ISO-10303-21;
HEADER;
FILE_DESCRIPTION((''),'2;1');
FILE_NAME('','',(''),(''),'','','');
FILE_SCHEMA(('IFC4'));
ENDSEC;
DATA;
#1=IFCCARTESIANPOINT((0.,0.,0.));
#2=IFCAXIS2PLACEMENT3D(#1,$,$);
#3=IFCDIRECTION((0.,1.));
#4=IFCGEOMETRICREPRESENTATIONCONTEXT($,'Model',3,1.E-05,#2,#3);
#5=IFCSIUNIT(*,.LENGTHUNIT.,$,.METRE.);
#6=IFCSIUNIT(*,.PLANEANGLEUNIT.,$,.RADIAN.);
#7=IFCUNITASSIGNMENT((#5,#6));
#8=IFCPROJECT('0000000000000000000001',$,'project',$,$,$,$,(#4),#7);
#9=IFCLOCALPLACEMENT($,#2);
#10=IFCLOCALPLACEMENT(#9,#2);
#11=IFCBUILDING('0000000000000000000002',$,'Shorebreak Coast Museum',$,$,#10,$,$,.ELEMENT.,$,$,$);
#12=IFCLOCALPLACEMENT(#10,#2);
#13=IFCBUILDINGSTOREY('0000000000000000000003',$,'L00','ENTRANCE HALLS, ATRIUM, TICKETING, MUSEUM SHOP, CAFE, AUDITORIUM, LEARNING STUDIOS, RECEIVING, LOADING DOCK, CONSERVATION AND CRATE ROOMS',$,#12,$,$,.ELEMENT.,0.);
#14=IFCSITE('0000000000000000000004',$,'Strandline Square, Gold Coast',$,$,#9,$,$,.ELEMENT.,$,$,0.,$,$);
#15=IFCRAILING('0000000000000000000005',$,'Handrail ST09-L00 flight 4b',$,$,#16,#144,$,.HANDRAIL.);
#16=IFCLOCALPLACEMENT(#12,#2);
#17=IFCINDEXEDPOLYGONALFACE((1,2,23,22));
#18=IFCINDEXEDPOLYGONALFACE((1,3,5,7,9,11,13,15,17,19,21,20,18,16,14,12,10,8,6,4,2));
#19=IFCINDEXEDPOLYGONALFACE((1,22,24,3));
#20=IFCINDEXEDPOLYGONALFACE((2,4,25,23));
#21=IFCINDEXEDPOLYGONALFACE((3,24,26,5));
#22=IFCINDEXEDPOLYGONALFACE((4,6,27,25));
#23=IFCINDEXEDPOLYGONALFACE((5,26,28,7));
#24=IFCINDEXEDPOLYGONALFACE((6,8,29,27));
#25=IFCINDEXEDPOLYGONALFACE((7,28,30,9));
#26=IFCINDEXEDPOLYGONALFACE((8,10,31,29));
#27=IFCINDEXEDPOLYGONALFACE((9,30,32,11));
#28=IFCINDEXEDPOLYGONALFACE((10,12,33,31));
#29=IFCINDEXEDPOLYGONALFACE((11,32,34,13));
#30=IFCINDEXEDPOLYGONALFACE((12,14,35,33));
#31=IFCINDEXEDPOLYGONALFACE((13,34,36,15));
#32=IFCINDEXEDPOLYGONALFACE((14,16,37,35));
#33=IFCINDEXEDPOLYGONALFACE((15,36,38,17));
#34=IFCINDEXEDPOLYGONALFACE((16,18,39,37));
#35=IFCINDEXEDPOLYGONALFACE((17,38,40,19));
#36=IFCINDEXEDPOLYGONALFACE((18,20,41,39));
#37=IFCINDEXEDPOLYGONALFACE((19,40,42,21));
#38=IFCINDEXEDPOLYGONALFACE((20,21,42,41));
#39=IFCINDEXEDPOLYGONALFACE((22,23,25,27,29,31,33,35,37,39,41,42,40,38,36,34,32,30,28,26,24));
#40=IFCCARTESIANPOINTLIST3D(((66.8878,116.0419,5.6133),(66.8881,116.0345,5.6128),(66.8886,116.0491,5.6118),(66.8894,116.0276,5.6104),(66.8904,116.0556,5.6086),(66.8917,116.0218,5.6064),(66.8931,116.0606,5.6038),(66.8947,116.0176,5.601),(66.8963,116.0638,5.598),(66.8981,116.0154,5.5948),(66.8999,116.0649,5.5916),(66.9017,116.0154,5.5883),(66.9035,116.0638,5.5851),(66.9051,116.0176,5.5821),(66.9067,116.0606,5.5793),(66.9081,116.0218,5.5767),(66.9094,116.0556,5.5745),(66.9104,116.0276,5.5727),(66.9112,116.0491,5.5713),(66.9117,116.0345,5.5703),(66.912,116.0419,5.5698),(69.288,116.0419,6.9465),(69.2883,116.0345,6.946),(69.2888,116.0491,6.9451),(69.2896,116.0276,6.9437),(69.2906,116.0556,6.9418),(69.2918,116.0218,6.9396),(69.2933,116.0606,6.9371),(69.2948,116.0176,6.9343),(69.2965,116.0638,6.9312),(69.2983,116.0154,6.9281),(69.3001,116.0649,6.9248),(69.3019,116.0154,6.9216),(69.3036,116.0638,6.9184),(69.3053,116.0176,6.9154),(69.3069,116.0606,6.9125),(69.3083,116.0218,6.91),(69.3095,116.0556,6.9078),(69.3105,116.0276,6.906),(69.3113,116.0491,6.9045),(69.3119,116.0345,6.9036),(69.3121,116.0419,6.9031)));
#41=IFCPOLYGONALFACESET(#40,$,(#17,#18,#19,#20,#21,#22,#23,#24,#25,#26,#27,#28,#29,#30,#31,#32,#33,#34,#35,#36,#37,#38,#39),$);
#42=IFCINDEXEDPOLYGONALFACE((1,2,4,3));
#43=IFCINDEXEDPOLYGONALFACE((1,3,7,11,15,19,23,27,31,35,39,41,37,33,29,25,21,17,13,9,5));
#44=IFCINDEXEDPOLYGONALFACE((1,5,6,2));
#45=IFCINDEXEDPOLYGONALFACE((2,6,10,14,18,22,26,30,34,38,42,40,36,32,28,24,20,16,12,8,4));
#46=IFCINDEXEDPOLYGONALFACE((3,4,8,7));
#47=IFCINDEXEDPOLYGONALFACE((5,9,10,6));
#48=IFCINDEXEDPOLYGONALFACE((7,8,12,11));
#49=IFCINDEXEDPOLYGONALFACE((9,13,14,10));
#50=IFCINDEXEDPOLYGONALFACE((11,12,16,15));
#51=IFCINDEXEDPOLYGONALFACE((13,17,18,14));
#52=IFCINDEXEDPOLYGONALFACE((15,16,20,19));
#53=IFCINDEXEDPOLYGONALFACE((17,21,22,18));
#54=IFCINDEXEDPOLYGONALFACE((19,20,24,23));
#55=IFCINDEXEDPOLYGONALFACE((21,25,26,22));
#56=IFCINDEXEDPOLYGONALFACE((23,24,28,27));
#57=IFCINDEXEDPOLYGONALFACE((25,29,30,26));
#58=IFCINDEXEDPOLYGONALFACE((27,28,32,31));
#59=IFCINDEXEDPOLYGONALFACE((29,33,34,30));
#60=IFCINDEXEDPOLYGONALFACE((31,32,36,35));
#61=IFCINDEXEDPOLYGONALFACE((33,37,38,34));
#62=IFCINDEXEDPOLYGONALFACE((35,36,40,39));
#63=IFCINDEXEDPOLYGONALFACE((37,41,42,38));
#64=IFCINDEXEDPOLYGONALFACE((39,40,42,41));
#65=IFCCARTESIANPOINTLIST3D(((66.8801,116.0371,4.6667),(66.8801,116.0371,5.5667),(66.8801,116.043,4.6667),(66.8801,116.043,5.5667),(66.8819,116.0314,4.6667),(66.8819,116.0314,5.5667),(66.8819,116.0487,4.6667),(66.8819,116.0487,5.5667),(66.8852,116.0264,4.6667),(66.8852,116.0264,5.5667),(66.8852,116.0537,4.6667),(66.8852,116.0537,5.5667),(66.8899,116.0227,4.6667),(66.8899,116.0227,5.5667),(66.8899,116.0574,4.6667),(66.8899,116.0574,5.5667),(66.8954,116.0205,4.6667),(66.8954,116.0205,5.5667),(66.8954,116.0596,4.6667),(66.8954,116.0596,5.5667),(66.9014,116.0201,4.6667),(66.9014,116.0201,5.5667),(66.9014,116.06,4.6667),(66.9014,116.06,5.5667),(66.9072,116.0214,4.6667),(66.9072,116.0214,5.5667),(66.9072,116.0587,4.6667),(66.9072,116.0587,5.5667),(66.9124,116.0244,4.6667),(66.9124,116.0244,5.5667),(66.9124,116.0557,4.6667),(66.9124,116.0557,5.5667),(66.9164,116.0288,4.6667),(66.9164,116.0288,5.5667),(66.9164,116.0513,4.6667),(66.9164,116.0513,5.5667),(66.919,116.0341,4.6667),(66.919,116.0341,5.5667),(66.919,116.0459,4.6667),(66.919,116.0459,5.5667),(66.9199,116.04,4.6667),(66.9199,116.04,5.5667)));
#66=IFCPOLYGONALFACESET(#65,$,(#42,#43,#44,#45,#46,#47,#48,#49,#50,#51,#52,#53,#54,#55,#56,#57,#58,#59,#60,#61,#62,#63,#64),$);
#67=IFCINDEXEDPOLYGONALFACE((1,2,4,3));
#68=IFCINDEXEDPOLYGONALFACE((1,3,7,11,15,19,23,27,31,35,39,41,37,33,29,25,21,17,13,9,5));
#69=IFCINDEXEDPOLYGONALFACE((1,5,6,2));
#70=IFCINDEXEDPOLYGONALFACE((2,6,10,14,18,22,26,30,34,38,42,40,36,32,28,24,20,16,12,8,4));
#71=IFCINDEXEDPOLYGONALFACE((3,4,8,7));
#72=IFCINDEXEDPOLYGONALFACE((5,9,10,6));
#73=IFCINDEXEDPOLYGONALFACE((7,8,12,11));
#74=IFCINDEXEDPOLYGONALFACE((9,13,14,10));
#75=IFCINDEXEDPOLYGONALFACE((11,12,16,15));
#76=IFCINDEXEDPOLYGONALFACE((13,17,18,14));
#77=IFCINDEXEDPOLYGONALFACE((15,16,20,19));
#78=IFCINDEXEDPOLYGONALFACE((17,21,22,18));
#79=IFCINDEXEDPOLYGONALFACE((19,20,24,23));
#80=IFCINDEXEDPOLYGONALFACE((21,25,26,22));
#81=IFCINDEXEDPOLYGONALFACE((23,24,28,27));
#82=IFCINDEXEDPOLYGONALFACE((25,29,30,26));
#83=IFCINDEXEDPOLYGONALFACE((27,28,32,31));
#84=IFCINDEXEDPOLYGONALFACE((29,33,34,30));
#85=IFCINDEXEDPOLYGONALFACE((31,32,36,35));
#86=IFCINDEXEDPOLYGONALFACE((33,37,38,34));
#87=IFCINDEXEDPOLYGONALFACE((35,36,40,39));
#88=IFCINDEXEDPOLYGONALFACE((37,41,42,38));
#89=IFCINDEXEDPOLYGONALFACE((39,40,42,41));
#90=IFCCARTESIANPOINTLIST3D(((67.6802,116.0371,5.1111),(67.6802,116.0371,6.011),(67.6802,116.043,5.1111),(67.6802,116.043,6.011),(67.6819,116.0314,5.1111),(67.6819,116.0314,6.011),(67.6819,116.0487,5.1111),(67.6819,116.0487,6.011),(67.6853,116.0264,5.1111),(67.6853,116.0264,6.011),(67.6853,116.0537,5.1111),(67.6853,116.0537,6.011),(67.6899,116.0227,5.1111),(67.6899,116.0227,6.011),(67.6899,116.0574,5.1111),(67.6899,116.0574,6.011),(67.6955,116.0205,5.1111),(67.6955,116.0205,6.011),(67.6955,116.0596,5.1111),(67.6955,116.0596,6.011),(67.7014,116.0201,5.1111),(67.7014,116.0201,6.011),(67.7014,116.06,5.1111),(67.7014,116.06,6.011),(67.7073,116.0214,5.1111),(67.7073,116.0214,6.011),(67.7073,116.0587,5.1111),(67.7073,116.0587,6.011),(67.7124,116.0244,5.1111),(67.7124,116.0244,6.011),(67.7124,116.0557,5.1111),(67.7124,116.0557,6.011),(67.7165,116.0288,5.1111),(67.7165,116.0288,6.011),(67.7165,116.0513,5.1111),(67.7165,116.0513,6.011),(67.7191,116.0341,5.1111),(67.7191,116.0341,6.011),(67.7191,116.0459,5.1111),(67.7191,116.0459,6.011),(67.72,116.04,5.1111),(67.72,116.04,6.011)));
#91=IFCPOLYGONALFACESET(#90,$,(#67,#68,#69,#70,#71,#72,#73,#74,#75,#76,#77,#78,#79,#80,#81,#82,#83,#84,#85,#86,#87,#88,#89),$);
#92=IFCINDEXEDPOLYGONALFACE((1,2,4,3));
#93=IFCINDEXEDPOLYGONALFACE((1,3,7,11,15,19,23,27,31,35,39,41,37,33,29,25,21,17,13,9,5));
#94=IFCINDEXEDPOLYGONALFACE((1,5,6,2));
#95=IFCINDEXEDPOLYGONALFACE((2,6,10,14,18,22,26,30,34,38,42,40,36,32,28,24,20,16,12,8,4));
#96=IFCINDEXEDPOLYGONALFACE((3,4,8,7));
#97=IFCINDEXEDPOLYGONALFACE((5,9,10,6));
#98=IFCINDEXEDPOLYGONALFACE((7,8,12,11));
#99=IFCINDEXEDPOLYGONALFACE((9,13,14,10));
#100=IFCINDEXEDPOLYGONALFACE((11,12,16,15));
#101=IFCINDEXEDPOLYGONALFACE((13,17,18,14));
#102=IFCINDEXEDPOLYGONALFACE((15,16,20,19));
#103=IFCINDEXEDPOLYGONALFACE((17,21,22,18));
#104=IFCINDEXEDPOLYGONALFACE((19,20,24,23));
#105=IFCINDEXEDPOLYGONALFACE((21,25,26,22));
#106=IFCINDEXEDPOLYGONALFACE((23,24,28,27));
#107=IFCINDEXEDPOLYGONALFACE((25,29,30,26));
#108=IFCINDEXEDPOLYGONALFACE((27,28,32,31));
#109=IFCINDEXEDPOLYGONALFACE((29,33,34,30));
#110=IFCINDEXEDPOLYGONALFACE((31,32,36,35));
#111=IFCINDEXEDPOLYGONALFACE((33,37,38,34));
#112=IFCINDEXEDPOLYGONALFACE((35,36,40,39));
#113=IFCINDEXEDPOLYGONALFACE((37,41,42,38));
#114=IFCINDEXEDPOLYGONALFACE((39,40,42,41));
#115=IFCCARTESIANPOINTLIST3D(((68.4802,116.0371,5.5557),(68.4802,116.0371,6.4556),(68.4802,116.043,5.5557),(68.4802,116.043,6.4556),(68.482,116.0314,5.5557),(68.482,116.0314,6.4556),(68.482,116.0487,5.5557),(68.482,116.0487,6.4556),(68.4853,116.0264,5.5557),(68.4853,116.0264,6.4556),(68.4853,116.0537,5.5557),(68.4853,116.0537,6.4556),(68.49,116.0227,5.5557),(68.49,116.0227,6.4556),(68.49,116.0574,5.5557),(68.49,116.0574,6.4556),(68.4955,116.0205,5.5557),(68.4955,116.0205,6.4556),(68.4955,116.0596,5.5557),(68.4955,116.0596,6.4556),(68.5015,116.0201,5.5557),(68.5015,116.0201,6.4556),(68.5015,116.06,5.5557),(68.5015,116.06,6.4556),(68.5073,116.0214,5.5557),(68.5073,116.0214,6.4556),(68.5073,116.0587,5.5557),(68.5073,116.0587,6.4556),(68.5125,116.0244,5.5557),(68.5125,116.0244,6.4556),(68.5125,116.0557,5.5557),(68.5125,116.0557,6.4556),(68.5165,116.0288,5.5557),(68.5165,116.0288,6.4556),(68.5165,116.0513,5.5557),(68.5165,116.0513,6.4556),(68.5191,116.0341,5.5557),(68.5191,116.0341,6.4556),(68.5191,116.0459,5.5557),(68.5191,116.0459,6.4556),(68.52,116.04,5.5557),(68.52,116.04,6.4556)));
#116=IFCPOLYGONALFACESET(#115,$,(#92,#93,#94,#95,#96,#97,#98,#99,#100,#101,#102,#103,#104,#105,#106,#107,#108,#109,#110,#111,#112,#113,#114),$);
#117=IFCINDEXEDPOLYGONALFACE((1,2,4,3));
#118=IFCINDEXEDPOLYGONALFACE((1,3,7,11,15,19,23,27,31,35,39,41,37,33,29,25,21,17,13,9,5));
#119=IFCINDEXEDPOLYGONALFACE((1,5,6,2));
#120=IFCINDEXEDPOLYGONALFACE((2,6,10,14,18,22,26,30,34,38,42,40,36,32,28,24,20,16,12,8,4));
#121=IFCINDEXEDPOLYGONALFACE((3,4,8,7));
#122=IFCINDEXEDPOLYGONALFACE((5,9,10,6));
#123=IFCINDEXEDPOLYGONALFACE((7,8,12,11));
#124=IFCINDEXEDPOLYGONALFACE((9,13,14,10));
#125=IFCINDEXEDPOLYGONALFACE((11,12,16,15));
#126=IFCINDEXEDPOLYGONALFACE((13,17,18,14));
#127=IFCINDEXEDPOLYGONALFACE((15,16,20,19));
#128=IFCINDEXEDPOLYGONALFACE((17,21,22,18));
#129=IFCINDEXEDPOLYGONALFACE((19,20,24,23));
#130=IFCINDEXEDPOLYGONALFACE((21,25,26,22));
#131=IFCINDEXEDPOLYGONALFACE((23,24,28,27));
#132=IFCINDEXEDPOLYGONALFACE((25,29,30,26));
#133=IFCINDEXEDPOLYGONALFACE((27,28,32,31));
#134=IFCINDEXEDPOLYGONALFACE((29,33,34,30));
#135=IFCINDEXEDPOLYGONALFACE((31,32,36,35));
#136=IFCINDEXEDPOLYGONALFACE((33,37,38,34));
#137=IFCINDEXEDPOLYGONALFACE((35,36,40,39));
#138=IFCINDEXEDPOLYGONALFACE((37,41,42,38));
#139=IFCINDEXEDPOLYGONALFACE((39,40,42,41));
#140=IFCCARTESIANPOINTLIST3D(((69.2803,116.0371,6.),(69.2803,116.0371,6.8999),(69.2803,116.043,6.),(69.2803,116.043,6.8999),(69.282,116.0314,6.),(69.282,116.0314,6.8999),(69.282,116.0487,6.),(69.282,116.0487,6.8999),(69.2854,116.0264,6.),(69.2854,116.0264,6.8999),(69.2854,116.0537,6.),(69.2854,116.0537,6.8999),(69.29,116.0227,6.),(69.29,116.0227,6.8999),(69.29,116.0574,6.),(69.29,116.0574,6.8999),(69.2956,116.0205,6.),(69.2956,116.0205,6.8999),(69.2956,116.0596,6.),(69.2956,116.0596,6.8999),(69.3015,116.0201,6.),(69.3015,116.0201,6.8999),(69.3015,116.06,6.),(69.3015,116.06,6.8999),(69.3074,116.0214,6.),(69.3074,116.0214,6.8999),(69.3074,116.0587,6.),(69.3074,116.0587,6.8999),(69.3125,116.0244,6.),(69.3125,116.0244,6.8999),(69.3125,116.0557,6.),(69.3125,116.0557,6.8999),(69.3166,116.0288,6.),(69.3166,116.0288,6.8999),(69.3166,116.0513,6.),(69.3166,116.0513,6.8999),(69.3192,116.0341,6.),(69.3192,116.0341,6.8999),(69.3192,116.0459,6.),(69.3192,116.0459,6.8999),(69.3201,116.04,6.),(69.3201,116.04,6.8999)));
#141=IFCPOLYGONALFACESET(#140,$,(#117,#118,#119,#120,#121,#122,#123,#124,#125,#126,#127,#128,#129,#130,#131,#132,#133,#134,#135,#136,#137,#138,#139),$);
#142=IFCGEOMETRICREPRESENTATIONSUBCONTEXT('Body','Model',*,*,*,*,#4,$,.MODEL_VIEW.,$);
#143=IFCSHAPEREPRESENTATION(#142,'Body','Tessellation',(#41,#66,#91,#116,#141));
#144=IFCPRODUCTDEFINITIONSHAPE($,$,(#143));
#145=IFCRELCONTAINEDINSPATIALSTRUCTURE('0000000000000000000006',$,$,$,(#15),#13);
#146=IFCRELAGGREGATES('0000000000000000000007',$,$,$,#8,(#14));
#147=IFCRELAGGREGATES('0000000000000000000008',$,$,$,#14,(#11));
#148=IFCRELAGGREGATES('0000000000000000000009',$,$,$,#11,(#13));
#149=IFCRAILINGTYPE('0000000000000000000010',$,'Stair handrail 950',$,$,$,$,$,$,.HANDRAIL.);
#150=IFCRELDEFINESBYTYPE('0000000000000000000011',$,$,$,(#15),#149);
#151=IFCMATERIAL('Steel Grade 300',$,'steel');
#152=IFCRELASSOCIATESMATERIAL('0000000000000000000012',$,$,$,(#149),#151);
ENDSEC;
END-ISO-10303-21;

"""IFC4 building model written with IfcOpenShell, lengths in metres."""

from ifc_helpers import new_model, si_unit, direction, frame, origin, origin_2d, place, context, subcontext, project, spatial, circle, extrude, material, type_object, element, save


model = new_model("IFC4")

# Units and contexts
model_context = context("Model", 3, precision=1e-05, world=origin(), true_north=direction((0.0, 1.0)))
body_context = subcontext(model_context, "Body", "Model", "MODEL_VIEW")
ifc_project = project(units=[si_unit("LENGTHUNIT", "METRE"), si_unit("PLANEANGLEUNIT", "RADIAN")], contexts=[model_context])

# Site, building, storey
site_placement = place(None, origin())
site = spatial("IfcSite", under=ifc_project, at=site_placement, Name="Strandline Square, Gold Coast", CompositionType="ELEMENT", RefElevation=0.0)
building_placement = place(site_placement, origin())
building = spatial("IfcBuilding", under=site, at=building_placement, Name="Shorebreak Coast Museum", CompositionType="ELEMENT")
storey_placement = place(building_placement, origin())
storey = spatial("IfcBuildingStorey", under=building, at=storey_placement, Name="L00", Description="ENTRANCE HALLS, ATRIUM, TICKETING, MUSEUM SHOP, CAFE, AUDITORIUM, LEARNING STUDIOS, RECEIVING, LOADING DOCK, CONSERVATION AND CRATE ROOMS", CompositionType="ELEMENT", Elevation=0.0)

# Railing
ifc_material_1 = material(Name="Steel Grade 300", Category="steel")
railing_type_1 = type_object("IfcRailingType", Name="Stair handrail 950", PredefinedType="HANDRAIL", material=ifc_material_1)
for number, where, name in (
    (1, (66.8999, 116.04, 4.6667), "Handrail ST09-L00 flight 4b"),
):
    element("IfcRailing", number, at=place(storey_placement, frame(where)), inside=storey, type_object=railing_type_1, Name=name, PredefinedType="HANDRAIL", context=body_context, shape_type="SweptSolid", body=[
        extrude(circle(Radius=0.0249, at=origin_2d()), frame((0.0, 0.0, 0.9248), z_axis=(0.874182, 0.0, 0.485598), x_axis=(0.0, 1.0, 0.0)), (0.0, 0.0, 1.0), 2.7456),
        extrude(circle(Radius=0.02, at=origin_2d()), origin(), (0.0, 0.0, 1.0), 0.8999),
        extrude(circle(Radius=0.02, at=origin_2d()), frame((0.8, 0.0, 0.4443)), (0.0, 0.0, 1.0), 0.8999),
        extrude(circle(Radius=0.02, at=origin_2d()), frame((1.6001, 0.0, 0.8889)), (0.0, 0.0, 1.0), 0.8999),
        extrude(circle(Radius=0.02, at=origin_2d()), frame((2.4001, 0.0, 1.3333)), (0.0, 0.0, 1.0), 0.8999),
    ])

save(model, "model.ifc")
